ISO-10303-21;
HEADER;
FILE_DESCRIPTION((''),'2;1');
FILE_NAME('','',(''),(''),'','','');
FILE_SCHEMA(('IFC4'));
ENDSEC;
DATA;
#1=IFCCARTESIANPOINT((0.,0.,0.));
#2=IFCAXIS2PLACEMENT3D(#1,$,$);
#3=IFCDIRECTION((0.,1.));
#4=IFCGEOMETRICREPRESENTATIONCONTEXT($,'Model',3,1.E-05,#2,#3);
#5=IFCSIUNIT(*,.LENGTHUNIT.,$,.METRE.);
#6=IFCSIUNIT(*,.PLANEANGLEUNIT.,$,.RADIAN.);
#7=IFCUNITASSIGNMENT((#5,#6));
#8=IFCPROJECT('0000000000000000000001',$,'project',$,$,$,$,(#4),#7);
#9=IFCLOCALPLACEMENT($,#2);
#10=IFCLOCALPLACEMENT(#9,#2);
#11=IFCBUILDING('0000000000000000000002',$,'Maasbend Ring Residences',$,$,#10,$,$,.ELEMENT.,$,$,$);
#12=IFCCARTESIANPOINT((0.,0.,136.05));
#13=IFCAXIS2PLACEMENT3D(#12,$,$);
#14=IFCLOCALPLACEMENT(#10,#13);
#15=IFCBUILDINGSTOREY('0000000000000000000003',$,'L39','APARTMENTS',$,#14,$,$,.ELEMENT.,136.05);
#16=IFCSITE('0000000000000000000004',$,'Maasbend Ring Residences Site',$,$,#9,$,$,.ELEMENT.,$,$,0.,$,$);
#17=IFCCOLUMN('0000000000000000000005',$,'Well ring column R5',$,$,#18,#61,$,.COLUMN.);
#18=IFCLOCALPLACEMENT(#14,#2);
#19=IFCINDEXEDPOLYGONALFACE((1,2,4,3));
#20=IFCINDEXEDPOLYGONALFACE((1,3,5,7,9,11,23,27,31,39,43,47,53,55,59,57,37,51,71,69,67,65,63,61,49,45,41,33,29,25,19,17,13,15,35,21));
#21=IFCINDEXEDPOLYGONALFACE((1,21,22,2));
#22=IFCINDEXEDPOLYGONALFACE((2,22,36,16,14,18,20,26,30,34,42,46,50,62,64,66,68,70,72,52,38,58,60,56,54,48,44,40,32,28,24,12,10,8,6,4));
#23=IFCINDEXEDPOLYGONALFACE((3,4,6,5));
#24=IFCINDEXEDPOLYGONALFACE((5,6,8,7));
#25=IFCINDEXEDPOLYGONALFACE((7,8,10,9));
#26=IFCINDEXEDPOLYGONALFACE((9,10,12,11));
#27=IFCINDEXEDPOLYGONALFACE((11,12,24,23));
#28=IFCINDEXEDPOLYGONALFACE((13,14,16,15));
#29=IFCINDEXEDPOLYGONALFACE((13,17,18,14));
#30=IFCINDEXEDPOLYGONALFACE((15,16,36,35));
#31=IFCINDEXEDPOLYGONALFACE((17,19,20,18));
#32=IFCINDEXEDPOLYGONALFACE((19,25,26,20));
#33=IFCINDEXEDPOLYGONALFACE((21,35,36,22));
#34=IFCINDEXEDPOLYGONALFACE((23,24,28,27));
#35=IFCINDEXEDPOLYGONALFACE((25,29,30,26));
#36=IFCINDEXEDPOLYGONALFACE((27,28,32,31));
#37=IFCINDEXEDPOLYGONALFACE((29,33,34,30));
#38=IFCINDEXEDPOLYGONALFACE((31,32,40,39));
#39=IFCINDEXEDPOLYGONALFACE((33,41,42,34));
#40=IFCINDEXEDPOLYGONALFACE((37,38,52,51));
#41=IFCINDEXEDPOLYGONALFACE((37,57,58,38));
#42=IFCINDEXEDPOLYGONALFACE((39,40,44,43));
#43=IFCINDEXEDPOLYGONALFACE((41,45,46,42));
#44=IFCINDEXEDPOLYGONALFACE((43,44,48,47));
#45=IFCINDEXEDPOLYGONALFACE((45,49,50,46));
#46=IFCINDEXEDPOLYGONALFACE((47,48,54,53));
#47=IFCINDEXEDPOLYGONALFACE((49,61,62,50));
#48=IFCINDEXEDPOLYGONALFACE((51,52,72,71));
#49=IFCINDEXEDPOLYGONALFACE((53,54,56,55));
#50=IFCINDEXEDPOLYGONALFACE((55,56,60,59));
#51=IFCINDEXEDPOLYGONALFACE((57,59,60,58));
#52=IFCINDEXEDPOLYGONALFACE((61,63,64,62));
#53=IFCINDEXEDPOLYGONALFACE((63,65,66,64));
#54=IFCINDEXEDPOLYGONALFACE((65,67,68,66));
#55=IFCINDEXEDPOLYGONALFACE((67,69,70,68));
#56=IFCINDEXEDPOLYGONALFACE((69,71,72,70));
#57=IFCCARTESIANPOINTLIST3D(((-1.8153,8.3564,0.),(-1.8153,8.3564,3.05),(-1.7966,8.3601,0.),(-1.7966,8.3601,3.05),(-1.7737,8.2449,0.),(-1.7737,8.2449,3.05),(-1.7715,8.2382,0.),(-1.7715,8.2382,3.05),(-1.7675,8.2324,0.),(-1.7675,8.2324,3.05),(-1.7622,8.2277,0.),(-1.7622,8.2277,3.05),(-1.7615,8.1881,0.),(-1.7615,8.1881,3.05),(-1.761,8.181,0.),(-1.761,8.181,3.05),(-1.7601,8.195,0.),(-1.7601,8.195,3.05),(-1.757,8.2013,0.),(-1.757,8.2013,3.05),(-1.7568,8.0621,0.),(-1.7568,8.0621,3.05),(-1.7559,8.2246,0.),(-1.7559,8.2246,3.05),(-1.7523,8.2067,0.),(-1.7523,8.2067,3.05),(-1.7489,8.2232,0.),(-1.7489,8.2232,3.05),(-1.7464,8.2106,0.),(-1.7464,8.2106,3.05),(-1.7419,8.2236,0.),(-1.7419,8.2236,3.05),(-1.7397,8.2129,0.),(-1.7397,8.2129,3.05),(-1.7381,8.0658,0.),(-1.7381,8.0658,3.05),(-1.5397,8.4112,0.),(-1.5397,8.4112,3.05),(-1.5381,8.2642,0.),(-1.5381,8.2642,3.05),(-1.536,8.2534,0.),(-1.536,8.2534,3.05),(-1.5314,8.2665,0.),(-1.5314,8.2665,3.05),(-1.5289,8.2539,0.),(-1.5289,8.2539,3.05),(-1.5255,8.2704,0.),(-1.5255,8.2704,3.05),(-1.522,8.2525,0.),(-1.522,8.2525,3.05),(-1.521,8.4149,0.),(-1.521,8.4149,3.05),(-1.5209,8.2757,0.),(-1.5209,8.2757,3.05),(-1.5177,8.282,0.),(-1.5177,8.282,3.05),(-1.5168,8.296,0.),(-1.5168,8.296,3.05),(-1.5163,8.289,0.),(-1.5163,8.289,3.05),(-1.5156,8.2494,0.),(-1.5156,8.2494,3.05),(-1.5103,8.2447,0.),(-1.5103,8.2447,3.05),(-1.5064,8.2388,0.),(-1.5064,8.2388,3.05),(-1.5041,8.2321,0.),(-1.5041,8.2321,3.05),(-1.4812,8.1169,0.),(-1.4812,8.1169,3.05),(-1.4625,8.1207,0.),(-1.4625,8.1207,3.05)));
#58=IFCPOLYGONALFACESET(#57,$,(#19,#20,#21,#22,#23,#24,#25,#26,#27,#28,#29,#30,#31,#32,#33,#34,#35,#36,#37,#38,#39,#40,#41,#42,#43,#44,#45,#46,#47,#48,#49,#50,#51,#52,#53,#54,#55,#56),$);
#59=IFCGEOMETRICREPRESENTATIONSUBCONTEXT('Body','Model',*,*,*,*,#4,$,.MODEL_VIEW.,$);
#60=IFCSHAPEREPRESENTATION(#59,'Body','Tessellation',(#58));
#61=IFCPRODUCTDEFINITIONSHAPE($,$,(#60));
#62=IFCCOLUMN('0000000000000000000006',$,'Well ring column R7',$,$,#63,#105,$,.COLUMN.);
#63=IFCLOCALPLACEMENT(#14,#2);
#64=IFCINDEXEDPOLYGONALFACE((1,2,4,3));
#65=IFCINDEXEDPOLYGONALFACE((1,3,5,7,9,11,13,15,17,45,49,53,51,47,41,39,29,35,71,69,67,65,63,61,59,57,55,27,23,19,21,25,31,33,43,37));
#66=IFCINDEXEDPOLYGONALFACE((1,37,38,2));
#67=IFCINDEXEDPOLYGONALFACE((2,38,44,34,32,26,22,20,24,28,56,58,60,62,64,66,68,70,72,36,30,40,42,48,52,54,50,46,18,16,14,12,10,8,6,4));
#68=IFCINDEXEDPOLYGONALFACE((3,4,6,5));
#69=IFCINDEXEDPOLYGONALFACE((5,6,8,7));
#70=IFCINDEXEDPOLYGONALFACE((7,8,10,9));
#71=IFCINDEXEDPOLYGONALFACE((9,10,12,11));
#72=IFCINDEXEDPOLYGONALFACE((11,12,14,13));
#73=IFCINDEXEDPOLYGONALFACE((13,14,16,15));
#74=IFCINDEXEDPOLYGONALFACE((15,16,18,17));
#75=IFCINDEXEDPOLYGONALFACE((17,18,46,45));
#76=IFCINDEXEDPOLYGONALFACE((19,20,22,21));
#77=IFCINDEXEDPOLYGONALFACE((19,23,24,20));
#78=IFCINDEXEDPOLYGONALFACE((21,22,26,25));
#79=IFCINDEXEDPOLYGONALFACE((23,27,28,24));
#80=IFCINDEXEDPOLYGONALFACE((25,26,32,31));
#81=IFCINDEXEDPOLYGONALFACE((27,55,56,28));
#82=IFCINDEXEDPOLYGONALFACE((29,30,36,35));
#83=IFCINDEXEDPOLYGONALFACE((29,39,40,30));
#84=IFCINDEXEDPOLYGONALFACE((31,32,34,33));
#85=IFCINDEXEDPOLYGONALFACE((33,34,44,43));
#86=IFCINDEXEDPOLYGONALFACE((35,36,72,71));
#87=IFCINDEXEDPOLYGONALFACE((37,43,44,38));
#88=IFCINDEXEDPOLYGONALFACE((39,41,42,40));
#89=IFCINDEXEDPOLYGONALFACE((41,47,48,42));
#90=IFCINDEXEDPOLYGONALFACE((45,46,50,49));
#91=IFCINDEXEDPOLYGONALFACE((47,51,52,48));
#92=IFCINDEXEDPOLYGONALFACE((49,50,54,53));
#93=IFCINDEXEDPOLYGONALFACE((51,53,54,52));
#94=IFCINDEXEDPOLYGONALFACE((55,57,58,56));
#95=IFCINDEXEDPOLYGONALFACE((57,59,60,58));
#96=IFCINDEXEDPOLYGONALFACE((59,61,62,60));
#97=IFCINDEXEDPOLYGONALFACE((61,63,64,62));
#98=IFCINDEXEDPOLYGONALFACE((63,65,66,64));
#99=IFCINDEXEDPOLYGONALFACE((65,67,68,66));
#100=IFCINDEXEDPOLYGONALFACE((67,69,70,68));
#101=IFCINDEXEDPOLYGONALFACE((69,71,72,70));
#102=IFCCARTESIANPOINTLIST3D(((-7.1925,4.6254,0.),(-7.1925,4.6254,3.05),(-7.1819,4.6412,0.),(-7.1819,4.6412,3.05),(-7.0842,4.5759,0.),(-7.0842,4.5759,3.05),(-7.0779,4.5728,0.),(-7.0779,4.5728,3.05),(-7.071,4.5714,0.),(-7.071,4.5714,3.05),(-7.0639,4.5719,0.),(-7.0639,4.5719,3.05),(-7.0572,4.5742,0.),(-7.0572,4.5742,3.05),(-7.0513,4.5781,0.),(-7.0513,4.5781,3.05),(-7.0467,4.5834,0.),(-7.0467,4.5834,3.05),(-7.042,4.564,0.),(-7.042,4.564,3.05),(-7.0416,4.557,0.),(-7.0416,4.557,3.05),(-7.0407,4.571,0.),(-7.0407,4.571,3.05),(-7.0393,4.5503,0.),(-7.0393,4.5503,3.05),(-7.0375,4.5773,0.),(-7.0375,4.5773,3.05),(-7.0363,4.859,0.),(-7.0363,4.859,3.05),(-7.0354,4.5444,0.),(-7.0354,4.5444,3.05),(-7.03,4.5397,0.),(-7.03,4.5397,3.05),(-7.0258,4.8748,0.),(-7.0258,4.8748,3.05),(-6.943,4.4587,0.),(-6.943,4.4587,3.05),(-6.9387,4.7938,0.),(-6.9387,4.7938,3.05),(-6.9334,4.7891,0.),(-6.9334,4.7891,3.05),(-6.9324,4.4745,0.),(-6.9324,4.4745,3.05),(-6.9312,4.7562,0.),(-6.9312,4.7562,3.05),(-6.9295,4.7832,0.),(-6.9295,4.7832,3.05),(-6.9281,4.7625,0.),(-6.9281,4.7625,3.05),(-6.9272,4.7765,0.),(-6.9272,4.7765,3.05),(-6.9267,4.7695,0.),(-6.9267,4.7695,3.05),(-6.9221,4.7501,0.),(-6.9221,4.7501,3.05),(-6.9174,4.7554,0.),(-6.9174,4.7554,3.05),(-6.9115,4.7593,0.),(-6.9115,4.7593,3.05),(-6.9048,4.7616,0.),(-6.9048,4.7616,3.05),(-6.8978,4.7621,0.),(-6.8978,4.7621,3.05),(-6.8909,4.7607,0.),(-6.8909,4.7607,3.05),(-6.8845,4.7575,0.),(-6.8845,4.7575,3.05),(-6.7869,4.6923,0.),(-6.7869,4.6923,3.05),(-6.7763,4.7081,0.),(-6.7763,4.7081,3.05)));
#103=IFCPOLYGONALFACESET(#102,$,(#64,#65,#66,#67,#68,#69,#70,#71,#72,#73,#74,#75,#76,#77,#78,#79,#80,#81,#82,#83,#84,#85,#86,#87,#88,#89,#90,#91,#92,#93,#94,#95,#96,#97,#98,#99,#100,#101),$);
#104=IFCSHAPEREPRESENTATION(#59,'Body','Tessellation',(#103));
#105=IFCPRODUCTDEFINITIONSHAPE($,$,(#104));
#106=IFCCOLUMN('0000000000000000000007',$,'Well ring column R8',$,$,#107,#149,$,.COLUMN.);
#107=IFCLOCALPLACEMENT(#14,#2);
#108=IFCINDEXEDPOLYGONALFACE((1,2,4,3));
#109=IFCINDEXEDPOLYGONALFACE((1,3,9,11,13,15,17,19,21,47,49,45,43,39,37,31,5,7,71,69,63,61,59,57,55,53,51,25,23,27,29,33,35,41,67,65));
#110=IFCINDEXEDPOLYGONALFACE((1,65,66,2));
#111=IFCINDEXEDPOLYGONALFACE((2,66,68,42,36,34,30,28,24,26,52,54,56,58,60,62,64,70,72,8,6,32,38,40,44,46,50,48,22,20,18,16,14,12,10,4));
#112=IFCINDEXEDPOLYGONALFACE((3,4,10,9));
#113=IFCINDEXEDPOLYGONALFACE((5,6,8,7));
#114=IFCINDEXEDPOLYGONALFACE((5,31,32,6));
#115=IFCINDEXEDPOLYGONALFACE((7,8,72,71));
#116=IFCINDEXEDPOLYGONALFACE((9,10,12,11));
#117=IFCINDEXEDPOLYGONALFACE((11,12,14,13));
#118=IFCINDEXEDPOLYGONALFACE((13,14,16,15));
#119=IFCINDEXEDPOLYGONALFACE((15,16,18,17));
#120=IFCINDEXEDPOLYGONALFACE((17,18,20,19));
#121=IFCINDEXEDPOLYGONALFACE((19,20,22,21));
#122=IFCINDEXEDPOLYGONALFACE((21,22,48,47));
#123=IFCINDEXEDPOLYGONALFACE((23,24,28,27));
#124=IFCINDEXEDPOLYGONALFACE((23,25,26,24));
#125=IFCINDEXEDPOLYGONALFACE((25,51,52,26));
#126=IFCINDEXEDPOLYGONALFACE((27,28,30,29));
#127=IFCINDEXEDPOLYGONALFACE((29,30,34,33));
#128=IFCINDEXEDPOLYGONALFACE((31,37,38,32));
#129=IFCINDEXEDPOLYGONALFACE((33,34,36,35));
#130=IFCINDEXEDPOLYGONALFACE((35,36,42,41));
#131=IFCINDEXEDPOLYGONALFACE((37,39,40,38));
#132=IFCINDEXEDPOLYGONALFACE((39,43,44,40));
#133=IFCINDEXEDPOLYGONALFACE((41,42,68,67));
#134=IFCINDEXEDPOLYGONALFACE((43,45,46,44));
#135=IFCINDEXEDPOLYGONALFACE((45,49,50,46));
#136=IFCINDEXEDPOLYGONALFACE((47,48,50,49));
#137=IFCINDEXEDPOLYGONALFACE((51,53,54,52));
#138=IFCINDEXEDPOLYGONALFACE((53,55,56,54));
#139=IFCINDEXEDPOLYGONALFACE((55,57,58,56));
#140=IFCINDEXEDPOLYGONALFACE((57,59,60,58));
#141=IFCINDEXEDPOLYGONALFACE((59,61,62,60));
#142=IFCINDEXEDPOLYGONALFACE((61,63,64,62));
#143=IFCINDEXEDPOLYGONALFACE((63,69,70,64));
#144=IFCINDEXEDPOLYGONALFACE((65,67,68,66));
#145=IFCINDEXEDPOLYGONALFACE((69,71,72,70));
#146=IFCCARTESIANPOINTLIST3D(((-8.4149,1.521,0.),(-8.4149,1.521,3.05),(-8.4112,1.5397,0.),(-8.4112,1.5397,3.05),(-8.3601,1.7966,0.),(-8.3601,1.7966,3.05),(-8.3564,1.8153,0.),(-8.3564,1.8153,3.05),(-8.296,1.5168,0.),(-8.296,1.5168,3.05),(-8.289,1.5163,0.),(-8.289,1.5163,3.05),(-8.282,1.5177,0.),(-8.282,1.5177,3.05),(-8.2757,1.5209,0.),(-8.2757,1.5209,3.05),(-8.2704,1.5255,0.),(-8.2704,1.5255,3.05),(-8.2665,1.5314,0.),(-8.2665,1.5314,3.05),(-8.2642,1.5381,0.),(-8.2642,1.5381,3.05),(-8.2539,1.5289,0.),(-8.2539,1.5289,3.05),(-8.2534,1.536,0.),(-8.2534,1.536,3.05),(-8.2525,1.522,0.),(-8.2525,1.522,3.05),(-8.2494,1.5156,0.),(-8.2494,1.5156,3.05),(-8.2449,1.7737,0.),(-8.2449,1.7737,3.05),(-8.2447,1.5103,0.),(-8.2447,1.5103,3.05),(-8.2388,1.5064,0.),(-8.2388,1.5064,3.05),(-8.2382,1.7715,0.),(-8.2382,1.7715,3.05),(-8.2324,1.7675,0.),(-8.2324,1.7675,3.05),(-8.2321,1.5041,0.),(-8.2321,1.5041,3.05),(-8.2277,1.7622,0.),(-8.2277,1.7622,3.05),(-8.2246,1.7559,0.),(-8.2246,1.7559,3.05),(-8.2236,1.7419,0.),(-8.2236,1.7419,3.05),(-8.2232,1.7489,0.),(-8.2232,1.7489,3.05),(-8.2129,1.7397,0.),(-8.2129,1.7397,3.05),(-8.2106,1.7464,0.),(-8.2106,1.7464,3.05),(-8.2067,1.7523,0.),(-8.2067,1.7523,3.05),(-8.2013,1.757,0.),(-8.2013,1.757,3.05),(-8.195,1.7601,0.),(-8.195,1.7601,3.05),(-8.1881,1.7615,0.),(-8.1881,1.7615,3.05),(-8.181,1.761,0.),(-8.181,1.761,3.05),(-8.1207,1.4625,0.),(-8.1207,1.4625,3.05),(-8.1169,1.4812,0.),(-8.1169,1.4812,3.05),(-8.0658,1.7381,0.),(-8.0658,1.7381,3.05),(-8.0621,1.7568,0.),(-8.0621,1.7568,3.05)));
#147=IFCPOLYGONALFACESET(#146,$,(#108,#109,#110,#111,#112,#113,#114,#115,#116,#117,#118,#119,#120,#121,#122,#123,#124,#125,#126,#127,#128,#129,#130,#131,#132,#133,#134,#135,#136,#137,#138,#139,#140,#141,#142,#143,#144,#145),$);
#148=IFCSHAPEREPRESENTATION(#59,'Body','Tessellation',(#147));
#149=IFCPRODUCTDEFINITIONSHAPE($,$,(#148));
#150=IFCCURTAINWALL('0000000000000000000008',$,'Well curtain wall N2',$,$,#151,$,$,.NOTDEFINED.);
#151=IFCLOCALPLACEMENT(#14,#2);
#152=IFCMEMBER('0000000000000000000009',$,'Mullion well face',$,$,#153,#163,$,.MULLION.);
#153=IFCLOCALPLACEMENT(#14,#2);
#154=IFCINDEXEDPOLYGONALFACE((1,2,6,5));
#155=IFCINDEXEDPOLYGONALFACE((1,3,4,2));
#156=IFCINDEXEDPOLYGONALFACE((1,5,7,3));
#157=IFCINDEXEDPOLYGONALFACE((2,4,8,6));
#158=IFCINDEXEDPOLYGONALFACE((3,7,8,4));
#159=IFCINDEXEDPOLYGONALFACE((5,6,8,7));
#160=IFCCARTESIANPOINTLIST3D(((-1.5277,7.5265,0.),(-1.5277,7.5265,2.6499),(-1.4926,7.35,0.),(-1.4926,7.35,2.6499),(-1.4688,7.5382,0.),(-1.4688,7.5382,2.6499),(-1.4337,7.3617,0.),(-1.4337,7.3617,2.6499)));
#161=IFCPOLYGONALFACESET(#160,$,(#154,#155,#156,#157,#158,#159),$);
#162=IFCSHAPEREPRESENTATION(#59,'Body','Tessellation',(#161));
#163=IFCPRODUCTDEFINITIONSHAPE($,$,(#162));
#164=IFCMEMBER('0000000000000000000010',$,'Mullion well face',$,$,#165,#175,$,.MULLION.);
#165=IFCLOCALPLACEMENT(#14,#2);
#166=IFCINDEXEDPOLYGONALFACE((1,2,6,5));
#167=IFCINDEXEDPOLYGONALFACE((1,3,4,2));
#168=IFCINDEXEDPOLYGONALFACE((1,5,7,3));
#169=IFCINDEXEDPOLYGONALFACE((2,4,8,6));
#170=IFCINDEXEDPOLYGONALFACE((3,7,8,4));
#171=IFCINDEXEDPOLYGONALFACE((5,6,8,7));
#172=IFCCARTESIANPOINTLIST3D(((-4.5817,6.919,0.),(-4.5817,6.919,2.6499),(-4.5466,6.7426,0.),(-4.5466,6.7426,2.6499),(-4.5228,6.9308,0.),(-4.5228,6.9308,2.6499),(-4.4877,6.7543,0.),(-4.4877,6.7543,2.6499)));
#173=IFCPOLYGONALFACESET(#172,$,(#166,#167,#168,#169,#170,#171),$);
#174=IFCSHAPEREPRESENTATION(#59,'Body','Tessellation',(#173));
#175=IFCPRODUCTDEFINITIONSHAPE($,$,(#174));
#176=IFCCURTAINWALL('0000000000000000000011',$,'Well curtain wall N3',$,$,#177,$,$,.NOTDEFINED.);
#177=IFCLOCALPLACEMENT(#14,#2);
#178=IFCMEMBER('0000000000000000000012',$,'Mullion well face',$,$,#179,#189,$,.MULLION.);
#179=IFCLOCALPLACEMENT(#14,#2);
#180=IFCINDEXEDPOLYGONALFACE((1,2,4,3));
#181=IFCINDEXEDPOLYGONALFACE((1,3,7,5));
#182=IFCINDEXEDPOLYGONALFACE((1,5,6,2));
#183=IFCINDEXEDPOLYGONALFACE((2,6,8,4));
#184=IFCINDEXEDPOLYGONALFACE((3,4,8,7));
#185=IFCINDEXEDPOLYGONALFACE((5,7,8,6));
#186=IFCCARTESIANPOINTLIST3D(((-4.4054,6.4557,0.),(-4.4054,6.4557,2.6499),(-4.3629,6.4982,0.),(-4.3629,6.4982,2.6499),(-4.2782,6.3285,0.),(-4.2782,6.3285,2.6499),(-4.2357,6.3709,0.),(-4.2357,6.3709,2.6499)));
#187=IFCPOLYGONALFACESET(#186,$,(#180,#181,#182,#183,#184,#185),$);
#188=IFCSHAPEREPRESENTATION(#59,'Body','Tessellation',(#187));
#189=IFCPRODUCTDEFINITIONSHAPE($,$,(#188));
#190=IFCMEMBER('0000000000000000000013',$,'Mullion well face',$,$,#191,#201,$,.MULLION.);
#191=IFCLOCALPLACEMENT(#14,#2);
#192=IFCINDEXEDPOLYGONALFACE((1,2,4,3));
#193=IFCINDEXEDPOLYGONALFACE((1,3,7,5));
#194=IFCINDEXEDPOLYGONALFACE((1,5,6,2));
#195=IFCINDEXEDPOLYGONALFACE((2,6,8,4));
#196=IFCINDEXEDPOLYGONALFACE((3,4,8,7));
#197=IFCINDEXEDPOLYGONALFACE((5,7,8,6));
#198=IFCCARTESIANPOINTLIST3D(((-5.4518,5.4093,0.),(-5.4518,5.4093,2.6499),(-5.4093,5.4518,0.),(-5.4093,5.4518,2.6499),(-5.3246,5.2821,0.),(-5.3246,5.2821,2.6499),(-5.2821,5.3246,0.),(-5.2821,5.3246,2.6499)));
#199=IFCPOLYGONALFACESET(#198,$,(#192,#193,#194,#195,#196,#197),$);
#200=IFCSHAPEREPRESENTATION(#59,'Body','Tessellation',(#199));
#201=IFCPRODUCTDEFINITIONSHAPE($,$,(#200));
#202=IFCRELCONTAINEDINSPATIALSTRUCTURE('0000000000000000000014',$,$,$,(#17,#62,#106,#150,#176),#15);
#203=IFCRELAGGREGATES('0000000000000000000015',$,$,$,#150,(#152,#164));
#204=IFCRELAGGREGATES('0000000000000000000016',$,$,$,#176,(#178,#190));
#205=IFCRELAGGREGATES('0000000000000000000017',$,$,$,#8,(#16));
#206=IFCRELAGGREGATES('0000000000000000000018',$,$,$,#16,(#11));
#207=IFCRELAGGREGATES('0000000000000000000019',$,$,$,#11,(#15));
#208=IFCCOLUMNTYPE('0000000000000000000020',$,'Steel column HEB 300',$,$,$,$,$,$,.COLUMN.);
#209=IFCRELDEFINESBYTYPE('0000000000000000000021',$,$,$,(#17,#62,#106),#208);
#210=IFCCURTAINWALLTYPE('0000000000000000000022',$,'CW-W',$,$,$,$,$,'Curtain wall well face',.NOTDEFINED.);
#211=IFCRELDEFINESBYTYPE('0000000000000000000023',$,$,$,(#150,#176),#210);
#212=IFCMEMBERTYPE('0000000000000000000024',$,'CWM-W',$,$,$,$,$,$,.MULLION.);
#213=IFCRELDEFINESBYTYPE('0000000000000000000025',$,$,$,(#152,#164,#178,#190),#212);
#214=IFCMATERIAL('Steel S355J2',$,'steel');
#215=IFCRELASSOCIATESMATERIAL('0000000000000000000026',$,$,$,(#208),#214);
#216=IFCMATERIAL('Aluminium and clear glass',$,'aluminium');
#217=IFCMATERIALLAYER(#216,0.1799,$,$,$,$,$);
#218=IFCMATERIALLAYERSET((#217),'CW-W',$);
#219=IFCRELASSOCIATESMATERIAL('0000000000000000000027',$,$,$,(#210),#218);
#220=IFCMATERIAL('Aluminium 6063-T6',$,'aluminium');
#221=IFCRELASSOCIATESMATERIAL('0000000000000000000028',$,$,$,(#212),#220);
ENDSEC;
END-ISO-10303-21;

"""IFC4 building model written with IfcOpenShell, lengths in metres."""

from ifc_helpers import new_model, si_unit, direction, frame, origin, origin_2d, place, context, subcontext, project, spatial, rectangle, i_section, extrude, material, layer, layer_set, material_profile, profile_set, type_object, element, aggregate, save


model = new_model("IFC4")

# Units and contexts
model_context = context("Model", 3, precision=1e-05, world=origin(), true_north=direction((0.0, 1.0)))
body_context = subcontext(model_context, "Body", "Model", "MODEL_VIEW")
ifc_project = project(units=[si_unit("LENGTHUNIT", "METRE"), si_unit("PLANEANGLEUNIT", "RADIAN")], contexts=[model_context])

# Site, building, storey
site_placement = place(None, origin())
site = spatial("IfcSite", under=ifc_project, at=site_placement, Name="Maasbend Ring Residences Site", CompositionType="ELEMENT", RefElevation=0.0)
building_placement = place(site_placement, origin())
building = spatial("IfcBuilding", under=site, at=building_placement, Name="Maasbend Ring Residences", CompositionType="ELEMENT")
storey_placement = place(building_placement, frame((0.0, 0.0, 136.05)))
storey = spatial("IfcBuildingStorey", under=building, at=storey_placement, Name="L39", Description="APARTMENTS", CompositionType="ELEMENT", Elevation=136.05)

# Columns
ifc_material_1 = material(Name="Steel S355J2", Category="steel")
ifc_material_profile_1 = material_profile(ifc_material_1, i_section(OverallWidth=0.3, OverallDepth=0.3, WebThickness=0.011, FlangeThickness=0.019, FilletRadius=0.0271, at=origin_2d()), Name="HEB 300")
ifc_profile_set_1 = profile_set([ifc_material_profile_1], Name="Steel S355J2")
column_type = type_object("IfcColumnType", Name="Steel column HEB 300", PredefinedType="COLUMN", material=ifc_profile_set_1)
for number, where, z_axis, x_axis, name in (
    (1, (-1.6389, 8.2385, 0.0), (0.0, 0.0, 1.0), (-0.19509, 0.980785, 0.0), "Well ring column R5"),
    (2, (-6.9844, 4.6667, 0.0), (0.0, 0.0, 1.0), (-0.83147, 0.55557, 0.0), "Well ring column R7"),
    (3, (-8.2385, 1.6389, 0.0), (0.0, 0.0, 1.0), (-0.980785, 0.19509, 0.0), "Well ring column R8"),
):
    element("IfcColumn", number, at=place(storey_placement, frame(where, z_axis=z_axis, x_axis=x_axis)), inside=storey, type_object=column_type, Name=name, PredefinedType="COLUMN", context=body_context, shape_type="SweptSolid", body=[
        extrude(i_section(OverallWidth=0.3, OverallDepth=0.3, WebThickness=0.011, FlangeThickness=0.019, FilletRadius=0.0271, at=origin_2d()), origin(), (0.0, 0.0, 1.0), 3.05),
    ])

# Curtain walls, members
ifc_material_2 = material(Name="Aluminium and clear glass", Category="aluminium")
ifc_layer_1 = layer(ifc_material_2, 0.1799)
ifc_layer_set_1 = layer_set([ifc_layer_1], Name="CW-W")
curtain_wall_type = type_object("IfcCurtainWallType", Name="CW-W", ElementType="Curtain wall well face", PredefinedType="NOTDEFINED", material=ifc_layer_set_1)
curtain_wall_1_placement = place(storey_placement, origin())
curtain_wall_1 = element("IfcCurtainWall", 4, at=curtain_wall_1_placement, inside=storey, type_object=curtain_wall_type, Name="Well curtain wall N2", PredefinedType="NOTDEFINED")
ifc_material_3 = material(Name="Aluminium 6063-T6", Category="aluminium")
ifc_material_profile_2 = material_profile(ifc_material_3, rectangle(XDim=0.1799, YDim=0.0601, at=origin_2d()), Name="AL 180x60")
ifc_profile_set_2 = profile_set([ifc_material_profile_2], Name="Aluminium 6063-T6")
member_type_1 = type_object("IfcMemberType", Name="CWM-W", PredefinedType="MULLION", material=ifc_profile_set_2)
member_1_placement = place(storey_placement, frame((-1.4807, 7.4441, 0.0), z_axis=(0.0, 0.0, 1.0), x_axis=(0.19509, -0.980785, 0.0)))
member_1 = element("IfcMember", 5, at=member_1_placement, type_object=member_type_1, Name="Mullion well face", PredefinedType="MULLION", context=body_context, shape_type="SweptSolid", body=[
    extrude(rectangle(XDim=0.1799, YDim=0.0601, at=origin_2d()), origin(), (0.0, 0.0, 1.0), 2.6499),
])
member_2_placement = place(storey_placement, frame((-4.5347, 6.8367, 0.0), z_axis=(0.0, 0.0, 1.0), x_axis=(0.19509, -0.980785, 0.0)))
member_2 = element("IfcMember", 6, at=member_2_placement, type_object=member_type_1, Name="Mullion well face", PredefinedType="MULLION", context=body_context, shape_type="SweptSolid", body=[
    extrude(rectangle(XDim=0.1799, YDim=0.0601, at=origin_2d()), origin(), (0.0, 0.0, 1.0), 2.6499),
])
curtain_wall_2_placement = place(storey_placement, origin())
curtain_wall_2 = element("IfcCurtainWall", 7, at=curtain_wall_2_placement, inside=storey, type_object=curtain_wall_type, Name="Well curtain wall N3", PredefinedType="NOTDEFINED")
member_3_placement = place(storey_placement, frame((-4.3206, 6.4133, 0.0), z_axis=(0.0, 0.0, 1.0), x_axis=(0.707107, -0.707107, 0.0)))
member_3 = element("IfcMember", 8, at=member_3_placement, type_object=member_type_1, Name="Mullion well face", PredefinedType="MULLION", context=body_context, shape_type="SweptSolid", body=[
    extrude(rectangle(XDim=0.1799, YDim=0.0601, at=origin_2d()), origin(), (0.0, 0.0, 1.0), 2.6499),
])
member_4_placement = place(storey_placement, frame((-5.3669, 5.3669, 0.0), z_axis=(0.0, 0.0, 1.0), x_axis=(0.707107, -0.707107, 0.0)))
member_4 = element("IfcMember", 9, at=member_4_placement, type_object=member_type_1, Name="Mullion well face", PredefinedType="MULLION", context=body_context, shape_type="SweptSolid", body=[
    extrude(rectangle(XDim=0.1799, YDim=0.0601, at=origin_2d()), origin(), (0.0, 0.0, 1.0), 2.6499),
])

aggregate(curtain_wall_1, [member_1, member_2])
aggregate(curtain_wall_2, [member_3, member_4])

save(model, "model.ifc")
